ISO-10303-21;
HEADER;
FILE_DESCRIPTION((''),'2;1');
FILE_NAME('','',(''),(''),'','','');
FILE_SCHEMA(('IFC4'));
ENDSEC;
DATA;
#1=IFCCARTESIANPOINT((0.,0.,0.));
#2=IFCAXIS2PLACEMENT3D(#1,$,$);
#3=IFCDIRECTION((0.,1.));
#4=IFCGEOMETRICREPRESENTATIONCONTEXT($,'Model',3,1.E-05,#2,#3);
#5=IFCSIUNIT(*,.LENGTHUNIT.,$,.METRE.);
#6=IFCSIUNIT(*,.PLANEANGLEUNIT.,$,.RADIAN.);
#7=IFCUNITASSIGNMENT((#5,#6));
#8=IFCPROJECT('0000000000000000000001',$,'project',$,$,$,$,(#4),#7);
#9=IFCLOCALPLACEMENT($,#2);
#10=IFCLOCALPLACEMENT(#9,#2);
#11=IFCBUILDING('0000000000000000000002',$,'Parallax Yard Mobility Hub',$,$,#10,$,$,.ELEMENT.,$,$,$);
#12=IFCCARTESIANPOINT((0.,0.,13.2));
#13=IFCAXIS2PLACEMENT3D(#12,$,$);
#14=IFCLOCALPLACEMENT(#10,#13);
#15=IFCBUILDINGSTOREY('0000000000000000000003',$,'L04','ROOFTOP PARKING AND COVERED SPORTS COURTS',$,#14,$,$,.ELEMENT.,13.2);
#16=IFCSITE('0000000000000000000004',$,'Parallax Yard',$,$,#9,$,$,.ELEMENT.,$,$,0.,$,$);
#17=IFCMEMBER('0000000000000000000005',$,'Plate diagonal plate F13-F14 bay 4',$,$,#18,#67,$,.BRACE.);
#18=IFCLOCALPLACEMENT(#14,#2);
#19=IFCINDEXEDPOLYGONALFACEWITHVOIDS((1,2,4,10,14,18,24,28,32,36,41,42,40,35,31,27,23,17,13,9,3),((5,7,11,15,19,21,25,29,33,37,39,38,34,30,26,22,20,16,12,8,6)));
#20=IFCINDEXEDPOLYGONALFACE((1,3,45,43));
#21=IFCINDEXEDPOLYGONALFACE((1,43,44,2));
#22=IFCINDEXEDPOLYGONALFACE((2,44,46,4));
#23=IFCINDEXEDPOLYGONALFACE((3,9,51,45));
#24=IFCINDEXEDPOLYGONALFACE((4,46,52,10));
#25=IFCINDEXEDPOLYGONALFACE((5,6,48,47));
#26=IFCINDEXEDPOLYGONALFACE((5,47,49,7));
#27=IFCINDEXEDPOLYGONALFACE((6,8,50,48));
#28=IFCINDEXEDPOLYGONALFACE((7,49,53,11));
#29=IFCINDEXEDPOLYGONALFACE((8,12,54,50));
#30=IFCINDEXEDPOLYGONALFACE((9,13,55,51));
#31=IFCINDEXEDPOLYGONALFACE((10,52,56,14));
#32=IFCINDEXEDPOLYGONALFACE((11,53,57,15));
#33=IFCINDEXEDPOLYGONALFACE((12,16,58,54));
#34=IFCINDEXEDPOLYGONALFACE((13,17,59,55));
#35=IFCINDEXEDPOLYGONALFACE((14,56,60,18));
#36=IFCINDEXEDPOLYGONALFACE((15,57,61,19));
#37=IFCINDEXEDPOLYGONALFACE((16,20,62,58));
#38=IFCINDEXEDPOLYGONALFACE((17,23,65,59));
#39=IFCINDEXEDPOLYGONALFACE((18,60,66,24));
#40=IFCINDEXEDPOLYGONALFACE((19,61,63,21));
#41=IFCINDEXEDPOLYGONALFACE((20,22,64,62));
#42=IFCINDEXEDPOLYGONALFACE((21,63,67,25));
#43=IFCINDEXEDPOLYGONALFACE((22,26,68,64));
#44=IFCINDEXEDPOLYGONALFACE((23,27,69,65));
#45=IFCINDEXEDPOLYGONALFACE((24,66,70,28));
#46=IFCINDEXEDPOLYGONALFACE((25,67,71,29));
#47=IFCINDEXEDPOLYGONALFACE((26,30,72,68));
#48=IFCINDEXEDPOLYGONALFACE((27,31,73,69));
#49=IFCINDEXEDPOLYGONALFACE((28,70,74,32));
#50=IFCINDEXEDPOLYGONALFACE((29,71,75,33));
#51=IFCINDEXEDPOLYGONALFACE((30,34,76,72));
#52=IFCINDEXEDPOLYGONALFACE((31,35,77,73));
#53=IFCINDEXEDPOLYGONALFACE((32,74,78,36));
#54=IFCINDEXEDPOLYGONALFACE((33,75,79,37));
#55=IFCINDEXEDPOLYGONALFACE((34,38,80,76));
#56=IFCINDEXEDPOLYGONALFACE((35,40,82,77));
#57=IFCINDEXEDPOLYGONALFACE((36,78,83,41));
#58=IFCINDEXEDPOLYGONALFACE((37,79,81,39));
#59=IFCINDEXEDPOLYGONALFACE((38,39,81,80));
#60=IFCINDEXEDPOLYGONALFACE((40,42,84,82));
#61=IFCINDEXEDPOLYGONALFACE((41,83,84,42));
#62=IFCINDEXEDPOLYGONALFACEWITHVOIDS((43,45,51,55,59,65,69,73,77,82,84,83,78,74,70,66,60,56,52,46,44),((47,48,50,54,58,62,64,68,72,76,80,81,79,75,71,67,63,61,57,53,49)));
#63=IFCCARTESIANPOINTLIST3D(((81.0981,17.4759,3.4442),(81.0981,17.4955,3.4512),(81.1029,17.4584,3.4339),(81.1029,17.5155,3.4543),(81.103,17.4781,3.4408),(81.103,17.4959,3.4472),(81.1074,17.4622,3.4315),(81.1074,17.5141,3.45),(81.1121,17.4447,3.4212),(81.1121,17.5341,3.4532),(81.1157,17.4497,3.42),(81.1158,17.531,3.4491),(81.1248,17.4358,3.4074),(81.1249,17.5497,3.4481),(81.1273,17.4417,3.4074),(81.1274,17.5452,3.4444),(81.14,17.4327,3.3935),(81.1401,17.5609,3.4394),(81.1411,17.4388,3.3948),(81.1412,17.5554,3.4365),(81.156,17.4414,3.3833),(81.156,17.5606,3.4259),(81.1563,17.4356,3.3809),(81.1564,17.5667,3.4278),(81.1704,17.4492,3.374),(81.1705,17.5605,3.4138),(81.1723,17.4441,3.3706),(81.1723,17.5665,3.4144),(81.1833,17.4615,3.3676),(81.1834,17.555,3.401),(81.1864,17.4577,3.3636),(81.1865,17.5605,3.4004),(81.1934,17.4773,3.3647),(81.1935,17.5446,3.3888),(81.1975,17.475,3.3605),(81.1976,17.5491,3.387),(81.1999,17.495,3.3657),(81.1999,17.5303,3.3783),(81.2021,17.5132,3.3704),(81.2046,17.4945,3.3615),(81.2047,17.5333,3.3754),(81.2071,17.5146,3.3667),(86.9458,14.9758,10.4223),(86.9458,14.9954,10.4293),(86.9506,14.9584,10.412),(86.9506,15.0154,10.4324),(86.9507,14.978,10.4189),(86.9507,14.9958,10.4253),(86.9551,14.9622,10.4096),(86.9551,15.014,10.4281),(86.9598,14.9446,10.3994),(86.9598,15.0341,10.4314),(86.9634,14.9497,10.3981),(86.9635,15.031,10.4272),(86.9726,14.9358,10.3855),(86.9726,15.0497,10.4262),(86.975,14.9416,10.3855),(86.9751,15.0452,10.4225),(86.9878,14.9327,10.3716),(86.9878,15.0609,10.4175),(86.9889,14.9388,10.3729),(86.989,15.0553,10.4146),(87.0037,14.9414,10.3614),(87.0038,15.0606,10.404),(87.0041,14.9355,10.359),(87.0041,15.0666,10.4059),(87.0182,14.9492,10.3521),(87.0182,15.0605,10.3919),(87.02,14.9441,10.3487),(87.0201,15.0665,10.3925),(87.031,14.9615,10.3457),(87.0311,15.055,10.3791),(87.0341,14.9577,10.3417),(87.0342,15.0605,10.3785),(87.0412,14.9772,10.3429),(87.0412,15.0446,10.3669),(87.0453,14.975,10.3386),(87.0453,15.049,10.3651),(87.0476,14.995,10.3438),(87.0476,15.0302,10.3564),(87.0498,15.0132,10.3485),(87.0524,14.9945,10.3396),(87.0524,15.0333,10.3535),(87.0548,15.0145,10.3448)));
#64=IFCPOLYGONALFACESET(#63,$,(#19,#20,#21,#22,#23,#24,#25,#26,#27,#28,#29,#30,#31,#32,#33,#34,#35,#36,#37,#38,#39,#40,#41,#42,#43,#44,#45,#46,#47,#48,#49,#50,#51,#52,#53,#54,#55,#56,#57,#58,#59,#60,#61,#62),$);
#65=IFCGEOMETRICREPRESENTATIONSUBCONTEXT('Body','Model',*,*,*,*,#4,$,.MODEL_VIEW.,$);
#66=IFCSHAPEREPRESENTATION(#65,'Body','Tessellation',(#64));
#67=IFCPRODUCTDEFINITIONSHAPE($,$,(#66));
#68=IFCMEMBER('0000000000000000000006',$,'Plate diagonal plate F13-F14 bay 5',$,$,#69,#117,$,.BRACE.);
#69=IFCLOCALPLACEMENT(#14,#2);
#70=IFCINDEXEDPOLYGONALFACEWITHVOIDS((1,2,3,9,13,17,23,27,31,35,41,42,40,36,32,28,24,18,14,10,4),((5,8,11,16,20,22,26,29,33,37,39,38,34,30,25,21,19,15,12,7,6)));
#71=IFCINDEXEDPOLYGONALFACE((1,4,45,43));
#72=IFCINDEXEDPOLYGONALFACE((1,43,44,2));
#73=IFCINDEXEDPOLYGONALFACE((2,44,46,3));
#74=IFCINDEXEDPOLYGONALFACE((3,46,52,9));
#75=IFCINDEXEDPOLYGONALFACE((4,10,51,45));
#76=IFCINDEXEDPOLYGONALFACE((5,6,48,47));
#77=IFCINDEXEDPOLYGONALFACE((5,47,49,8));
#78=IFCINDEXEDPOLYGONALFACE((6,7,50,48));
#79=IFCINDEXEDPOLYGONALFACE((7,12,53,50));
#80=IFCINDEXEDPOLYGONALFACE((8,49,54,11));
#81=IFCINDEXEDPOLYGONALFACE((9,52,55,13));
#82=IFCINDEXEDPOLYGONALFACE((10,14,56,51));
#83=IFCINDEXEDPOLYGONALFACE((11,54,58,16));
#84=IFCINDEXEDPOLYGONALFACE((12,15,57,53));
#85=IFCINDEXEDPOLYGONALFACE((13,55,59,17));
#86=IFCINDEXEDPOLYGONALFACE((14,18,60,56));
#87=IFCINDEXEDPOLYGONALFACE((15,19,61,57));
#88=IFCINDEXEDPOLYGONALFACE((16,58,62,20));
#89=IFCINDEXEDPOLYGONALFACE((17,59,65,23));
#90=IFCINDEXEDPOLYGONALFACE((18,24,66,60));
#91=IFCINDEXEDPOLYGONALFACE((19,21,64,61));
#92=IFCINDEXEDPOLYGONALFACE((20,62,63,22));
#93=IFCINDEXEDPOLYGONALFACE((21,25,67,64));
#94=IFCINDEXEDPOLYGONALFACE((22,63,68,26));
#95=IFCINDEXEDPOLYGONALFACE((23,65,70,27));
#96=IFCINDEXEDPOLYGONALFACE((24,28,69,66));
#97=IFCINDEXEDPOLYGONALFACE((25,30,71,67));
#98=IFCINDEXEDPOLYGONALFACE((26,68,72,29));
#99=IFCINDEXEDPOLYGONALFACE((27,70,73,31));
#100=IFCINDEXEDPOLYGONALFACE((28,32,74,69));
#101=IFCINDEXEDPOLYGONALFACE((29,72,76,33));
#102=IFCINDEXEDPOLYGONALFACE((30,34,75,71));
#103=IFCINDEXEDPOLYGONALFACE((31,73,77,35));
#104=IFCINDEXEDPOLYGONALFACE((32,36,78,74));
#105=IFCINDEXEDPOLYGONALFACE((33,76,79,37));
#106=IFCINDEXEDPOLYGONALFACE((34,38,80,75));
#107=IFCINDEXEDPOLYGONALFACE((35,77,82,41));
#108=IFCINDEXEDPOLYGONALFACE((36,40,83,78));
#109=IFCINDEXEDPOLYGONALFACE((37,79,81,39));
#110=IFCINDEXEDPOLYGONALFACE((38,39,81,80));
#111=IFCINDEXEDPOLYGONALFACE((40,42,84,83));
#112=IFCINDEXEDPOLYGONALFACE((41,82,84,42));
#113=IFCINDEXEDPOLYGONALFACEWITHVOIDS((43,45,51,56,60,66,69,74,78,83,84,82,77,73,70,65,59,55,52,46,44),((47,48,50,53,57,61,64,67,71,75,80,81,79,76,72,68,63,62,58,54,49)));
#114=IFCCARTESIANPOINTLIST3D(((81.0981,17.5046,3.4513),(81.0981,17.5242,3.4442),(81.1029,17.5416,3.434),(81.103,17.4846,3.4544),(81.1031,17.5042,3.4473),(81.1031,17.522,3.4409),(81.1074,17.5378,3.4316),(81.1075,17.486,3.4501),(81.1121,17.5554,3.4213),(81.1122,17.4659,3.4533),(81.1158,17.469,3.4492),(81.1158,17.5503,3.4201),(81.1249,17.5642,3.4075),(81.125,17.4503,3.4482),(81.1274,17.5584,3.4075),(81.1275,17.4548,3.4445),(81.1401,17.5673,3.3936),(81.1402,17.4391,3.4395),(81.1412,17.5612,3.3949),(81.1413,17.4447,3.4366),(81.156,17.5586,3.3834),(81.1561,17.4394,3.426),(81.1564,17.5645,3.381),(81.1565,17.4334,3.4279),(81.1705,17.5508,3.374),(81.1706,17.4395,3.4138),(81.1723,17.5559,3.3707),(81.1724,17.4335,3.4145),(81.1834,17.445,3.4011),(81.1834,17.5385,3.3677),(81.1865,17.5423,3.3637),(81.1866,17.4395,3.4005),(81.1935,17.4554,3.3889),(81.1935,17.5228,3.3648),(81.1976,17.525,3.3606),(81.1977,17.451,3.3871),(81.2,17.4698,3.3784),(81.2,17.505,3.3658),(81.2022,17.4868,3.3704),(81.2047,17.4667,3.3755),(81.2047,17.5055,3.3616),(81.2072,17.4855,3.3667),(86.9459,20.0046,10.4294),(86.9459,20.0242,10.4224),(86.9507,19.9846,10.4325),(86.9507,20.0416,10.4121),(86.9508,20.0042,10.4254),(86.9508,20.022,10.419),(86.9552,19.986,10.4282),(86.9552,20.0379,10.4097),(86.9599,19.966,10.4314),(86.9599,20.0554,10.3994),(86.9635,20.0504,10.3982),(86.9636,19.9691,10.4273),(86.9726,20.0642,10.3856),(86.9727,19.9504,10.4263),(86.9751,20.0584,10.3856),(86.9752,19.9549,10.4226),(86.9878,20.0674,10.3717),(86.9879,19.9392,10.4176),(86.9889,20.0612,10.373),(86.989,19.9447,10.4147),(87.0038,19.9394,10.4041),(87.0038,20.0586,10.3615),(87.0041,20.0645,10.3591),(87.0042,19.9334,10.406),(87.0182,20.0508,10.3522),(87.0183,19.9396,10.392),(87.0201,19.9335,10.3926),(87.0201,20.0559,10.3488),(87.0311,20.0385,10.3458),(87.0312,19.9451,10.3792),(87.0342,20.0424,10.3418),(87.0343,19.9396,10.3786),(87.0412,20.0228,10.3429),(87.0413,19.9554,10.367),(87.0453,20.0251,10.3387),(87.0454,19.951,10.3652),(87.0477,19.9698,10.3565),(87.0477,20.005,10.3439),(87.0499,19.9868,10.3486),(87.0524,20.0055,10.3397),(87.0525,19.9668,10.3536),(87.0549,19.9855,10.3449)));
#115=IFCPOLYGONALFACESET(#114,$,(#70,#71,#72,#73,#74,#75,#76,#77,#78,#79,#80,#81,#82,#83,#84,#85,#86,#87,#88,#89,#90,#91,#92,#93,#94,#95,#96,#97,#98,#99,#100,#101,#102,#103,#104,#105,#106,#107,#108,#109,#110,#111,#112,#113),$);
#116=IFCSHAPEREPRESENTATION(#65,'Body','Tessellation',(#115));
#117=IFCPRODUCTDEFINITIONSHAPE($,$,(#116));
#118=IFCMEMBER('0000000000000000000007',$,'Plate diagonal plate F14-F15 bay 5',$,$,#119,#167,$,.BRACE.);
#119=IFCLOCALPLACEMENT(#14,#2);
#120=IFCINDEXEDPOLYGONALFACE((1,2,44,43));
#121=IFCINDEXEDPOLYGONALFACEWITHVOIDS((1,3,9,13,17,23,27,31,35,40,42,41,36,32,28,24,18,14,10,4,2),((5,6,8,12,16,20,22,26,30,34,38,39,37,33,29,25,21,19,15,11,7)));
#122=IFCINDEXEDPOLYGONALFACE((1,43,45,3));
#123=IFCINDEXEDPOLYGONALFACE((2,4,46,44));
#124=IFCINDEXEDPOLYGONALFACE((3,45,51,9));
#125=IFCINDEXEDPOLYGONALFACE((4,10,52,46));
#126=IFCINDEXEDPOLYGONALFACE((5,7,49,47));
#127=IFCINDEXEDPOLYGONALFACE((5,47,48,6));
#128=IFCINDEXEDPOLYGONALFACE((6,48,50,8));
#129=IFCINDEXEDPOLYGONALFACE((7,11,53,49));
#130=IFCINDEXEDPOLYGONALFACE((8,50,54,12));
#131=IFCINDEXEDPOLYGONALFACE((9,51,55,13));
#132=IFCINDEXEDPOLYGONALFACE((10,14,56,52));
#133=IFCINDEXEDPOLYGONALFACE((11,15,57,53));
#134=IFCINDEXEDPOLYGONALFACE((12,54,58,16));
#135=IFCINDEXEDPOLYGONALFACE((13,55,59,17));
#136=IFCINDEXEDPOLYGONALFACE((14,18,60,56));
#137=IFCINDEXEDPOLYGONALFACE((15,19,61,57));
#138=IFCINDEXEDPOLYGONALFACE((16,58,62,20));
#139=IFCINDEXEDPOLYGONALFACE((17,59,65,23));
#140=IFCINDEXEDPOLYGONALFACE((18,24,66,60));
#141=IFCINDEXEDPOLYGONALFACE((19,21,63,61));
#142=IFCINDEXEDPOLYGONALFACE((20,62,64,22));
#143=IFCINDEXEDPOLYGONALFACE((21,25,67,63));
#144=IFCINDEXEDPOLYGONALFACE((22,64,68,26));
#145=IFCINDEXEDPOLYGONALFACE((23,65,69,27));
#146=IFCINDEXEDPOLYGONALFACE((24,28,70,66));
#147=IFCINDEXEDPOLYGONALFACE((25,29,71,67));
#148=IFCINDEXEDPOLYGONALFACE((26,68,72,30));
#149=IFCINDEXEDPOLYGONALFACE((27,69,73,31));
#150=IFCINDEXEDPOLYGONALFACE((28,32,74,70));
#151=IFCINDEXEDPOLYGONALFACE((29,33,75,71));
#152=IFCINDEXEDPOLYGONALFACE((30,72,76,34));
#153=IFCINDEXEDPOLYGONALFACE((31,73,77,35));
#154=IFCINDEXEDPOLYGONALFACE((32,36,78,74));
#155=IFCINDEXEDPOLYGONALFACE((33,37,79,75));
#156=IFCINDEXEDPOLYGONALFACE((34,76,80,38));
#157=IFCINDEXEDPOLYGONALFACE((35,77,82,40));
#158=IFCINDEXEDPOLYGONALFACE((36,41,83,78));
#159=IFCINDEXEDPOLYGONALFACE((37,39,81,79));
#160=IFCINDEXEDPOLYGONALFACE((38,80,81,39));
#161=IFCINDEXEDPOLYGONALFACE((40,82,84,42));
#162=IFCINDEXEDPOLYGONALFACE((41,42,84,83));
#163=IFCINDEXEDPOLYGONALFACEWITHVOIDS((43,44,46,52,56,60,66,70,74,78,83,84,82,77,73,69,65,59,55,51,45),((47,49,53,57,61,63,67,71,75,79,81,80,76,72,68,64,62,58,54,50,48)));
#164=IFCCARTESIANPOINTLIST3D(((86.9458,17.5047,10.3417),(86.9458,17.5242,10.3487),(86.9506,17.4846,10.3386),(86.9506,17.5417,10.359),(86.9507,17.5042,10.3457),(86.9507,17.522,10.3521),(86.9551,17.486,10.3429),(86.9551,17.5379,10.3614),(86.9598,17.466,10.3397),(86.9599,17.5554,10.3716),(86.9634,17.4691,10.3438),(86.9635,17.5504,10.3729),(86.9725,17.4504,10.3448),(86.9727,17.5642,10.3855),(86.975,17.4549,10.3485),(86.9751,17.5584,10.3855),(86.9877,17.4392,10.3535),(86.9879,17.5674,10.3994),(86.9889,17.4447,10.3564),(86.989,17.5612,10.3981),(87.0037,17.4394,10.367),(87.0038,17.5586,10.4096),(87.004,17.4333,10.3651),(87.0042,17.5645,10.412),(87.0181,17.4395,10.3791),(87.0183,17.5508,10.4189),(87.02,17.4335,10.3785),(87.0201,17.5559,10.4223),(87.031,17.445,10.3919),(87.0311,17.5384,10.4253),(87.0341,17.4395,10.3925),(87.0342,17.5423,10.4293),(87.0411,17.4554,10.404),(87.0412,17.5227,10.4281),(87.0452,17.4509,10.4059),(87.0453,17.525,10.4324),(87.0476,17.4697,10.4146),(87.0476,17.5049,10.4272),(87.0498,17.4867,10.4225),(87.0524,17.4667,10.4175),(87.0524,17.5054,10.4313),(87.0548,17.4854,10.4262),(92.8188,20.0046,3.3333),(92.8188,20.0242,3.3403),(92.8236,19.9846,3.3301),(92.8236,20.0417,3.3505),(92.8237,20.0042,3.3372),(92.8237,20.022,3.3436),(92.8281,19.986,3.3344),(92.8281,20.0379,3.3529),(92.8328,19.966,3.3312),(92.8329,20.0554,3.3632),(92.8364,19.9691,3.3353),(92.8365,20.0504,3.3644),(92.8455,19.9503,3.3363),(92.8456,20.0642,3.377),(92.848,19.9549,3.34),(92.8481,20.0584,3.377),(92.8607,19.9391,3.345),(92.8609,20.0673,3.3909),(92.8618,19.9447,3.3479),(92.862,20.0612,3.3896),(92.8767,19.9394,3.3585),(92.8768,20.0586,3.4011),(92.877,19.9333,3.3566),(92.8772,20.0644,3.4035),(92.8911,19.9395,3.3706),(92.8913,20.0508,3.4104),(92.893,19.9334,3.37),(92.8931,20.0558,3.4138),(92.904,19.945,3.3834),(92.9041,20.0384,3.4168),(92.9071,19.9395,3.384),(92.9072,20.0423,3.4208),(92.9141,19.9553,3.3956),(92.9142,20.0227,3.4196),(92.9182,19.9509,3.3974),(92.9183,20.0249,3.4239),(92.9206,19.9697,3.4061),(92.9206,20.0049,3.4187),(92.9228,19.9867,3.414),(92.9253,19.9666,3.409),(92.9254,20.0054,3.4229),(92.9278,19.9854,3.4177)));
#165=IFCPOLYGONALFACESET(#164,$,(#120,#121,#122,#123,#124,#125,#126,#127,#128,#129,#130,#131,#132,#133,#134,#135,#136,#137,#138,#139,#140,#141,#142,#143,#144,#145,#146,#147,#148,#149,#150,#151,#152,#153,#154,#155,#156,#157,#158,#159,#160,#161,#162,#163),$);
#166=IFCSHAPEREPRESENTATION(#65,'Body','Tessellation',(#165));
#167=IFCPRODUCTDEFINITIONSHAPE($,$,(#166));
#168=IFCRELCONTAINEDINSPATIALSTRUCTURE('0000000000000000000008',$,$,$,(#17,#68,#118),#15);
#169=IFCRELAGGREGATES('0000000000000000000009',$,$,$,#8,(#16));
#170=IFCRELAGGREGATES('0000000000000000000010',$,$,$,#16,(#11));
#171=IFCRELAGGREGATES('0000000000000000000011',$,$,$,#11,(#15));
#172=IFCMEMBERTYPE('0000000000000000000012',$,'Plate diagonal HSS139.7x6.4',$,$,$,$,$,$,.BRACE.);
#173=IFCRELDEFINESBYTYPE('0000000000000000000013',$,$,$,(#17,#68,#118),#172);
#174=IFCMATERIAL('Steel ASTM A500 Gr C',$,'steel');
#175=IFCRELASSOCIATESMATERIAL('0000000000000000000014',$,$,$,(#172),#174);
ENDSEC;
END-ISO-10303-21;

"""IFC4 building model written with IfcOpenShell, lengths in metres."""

from ifc_helpers import new_model, si_unit, direction, frame, origin, origin_2d, place, context, subcontext, project, spatial, hollow_circle, extrude, material, material_profile, profile_set, type_object, element, save


model = new_model("IFC4")

# Units and contexts
model_context = context("Model", 3, precision=1e-05, world=origin(), true_north=direction((0.0, 1.0)))
body_context = subcontext(model_context, "Body", "Model", "MODEL_VIEW")
ifc_project = project(units=[si_unit("LENGTHUNIT", "METRE"), si_unit("PLANEANGLEUNIT", "RADIAN")], contexts=[model_context])

# Site, building, storey
site_placement = place(None, origin())
site = spatial("IfcSite", under=ifc_project, at=site_placement, Name="Parallax Yard", CompositionType="ELEMENT", RefElevation=0.0)
building_placement = place(site_placement, origin())
building = spatial("IfcBuilding", under=site, at=building_placement, Name="Parallax Yard Mobility Hub", CompositionType="ELEMENT")
storey_placement = place(building_placement, frame((0.0, 0.0, 13.2)))
storey = spatial("IfcBuildingStorey", under=building, at=storey_placement, Name="L04", Description="ROOFTOP PARKING AND COVERED SPORTS COURTS", CompositionType="ELEMENT", Elevation=13.2)

# Members
ifc_material_1 = material(Name="Steel ASTM A500 Gr C", Category="steel")
ifc_material_profile_1 = material_profile(ifc_material_1, hollow_circle(Radius=0.0698, WallThickness=0.0063, at=origin_2d()), Name="HSS139.7x6.4")
ifc_profile_set_1 = profile_set([ifc_material_profile_1], Name="Steel ASTM A500 Gr C")
member_type_1 = type_object("IfcMemberType", Name="Plate diagonal HSS139.7x6.4", PredefinedType="BRACE", material=ifc_profile_set_1)
for number, where, z_axis, x_axis, name in (
    (1, (87.0, 15.0, 10.3855), (-0.61937, 0.264794, -0.739097), (-0.393104, -0.919494, 0.0), "Plate diagonal plate F13-F14 bay 4"),
    (2, (81.1523, 17.5, 3.4075), (0.61937, 0.264794, 0.739097), (-0.393104, 0.919494, 0.0), "Plate diagonal plate F13-F14 bay 5"),
):
    element("IfcMember", number, at=place(storey_placement, frame(where, z_axis=z_axis, x_axis=x_axis)), inside=storey, type_object=member_type_1, Name=name, PredefinedType="BRACE", context=body_context, shape_type="SweptSolid", body=[
        extrude(hollow_circle(Radius=0.0698, WallThickness=0.0063, at=origin_2d()), origin(), (0.0, 0.0, 1.0), 9.4414),
    ])
member_1_placement = place(storey_placement, frame((87.0, 17.5, 10.3855), z_axis=(0.619547, 0.263725, -0.739331), x_axis=(-0.391665, 0.920108, 0.0)))
element("IfcMember", 3, at=member_1_placement, inside=storey, type_object=member_type_1, Name="Plate diagonal plate F14-F15 bay 5", PredefinedType="BRACE", context=body_context, shape_type="SweptSolid", body=[
    extrude(hollow_circle(Radius=0.0698, WallThickness=0.0063, at=origin_2d()), origin(), (0.0, 0.0, 1.0), 9.4795),
])

save(model, "model.ifc")
